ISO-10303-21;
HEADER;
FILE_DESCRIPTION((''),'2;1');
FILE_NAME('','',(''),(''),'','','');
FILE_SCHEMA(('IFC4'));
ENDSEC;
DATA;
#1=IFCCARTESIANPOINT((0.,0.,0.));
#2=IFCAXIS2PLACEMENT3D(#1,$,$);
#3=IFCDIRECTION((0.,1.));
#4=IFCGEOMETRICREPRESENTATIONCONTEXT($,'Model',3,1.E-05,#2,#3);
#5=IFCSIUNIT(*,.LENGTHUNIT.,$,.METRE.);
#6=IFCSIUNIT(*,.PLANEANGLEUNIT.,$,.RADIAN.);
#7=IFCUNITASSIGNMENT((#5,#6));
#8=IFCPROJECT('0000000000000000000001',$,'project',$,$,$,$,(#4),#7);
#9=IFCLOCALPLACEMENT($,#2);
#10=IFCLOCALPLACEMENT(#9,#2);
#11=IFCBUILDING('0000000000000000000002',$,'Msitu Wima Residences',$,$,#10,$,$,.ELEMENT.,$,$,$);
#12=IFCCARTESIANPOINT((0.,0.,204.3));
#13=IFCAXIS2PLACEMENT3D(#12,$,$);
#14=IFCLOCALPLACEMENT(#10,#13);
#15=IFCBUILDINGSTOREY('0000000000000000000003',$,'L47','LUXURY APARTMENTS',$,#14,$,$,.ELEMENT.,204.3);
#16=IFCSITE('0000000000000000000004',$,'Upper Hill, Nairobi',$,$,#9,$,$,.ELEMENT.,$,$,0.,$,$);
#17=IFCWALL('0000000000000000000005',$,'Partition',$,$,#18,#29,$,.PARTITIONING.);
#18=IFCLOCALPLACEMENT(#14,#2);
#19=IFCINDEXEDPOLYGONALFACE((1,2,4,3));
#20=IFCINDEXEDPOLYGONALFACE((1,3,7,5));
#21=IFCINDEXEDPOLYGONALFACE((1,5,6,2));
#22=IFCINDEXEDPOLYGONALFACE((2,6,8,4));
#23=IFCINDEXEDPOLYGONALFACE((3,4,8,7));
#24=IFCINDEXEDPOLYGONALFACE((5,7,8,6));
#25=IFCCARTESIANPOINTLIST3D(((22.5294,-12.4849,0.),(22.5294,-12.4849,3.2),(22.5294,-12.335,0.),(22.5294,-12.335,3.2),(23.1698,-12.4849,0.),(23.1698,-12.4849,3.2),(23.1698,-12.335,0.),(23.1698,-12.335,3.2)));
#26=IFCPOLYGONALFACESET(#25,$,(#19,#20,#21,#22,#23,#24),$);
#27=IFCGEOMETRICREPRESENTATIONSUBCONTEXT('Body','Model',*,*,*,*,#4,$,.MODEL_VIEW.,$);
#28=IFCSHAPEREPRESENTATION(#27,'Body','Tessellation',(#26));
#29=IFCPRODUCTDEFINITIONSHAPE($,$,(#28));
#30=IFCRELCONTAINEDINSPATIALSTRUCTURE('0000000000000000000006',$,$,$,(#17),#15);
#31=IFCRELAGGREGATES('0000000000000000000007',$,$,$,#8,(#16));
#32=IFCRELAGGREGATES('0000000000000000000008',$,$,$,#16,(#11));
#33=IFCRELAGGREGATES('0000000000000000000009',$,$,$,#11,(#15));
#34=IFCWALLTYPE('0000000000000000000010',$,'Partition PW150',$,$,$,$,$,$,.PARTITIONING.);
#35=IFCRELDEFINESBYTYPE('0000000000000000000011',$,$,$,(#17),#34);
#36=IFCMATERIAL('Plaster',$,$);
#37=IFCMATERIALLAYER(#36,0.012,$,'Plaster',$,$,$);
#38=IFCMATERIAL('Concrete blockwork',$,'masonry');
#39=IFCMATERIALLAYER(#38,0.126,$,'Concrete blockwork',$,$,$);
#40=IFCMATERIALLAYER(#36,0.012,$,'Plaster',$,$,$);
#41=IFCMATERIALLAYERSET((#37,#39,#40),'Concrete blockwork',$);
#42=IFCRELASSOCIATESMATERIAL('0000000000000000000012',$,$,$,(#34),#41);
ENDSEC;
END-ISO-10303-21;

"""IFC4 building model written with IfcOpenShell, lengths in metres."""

from ifc_helpers import new_model, si_unit, direction, frame, frame_2d, origin, place, context, subcontext, project, spatial, rectangle, extrude, material, layer, layer_set, type_object, element, save


model = new_model("IFC4")

# Units and contexts
model_context = context("Model", 3, precision=1e-05, world=origin(), true_north=direction((0.0, 1.0)))
body_context = subcontext(model_context, "Body", "Model", "MODEL_VIEW")
ifc_project = project(units=[si_unit("LENGTHUNIT", "METRE"), si_unit("PLANEANGLEUNIT", "RADIAN")], contexts=[model_context])

# Site, building, storey
site_placement = place(None, origin())
site = spatial("IfcSite", under=ifc_project, at=site_placement, Name="Upper Hill, Nairobi", CompositionType="ELEMENT", RefElevation=0.0)
building_placement = place(site_placement, origin())
building = spatial("IfcBuilding", under=site, at=building_placement, Name="Msitu Wima Residences", CompositionType="ELEMENT")
storey_placement = place(building_placement, frame((0.0, 0.0, 204.3)))
storey = spatial("IfcBuildingStorey", under=building, at=storey_placement, Name="L47", Description="LUXURY APARTMENTS", CompositionType="ELEMENT", Elevation=204.3)

# Shared definitions
ifc_material_1 = material(Name="Plaster")
ifc_material_2 = material(Name="Concrete blockwork", Category="masonry")

# Shared definitions
ifc_layer_1 = layer(ifc_material_1, 0.012, Name="Plaster")
ifc_layer_2 = layer(ifc_material_2, 0.126, Name="Concrete blockwork")
ifc_layer_3 = layer(ifc_material_1, 0.012, Name="Plaster")
ifc_layer_set_1 = layer_set([ifc_layer_1, ifc_layer_2, ifc_layer_3], Name="Concrete blockwork")
wall_type_1 = type_object("IfcWallType", Name="Partition PW150", PredefinedType="PARTITIONING", material=ifc_layer_set_1)

# Wall
wall_1_placement = place(storey_placement, frame((22.5293, -12.4099, 0.0), z_axis=(0.0, 0.0, 1.0), x_axis=(1.0, 0.0, 0.0)))
element("IfcWall", 1, at=wall_1_placement, inside=storey, type_object=wall_type_1, Name="Partition", PredefinedType="PARTITIONING", context=body_context, shape_type="SweptSolid", body=[
    extrude(rectangle(XDim=0.6404, YDim=0.1499, at=frame_2d((0.3203, 0.0))), origin(), (0.0, 0.0, 1.0), 3.2),
])

save(model, "model.ifc")
